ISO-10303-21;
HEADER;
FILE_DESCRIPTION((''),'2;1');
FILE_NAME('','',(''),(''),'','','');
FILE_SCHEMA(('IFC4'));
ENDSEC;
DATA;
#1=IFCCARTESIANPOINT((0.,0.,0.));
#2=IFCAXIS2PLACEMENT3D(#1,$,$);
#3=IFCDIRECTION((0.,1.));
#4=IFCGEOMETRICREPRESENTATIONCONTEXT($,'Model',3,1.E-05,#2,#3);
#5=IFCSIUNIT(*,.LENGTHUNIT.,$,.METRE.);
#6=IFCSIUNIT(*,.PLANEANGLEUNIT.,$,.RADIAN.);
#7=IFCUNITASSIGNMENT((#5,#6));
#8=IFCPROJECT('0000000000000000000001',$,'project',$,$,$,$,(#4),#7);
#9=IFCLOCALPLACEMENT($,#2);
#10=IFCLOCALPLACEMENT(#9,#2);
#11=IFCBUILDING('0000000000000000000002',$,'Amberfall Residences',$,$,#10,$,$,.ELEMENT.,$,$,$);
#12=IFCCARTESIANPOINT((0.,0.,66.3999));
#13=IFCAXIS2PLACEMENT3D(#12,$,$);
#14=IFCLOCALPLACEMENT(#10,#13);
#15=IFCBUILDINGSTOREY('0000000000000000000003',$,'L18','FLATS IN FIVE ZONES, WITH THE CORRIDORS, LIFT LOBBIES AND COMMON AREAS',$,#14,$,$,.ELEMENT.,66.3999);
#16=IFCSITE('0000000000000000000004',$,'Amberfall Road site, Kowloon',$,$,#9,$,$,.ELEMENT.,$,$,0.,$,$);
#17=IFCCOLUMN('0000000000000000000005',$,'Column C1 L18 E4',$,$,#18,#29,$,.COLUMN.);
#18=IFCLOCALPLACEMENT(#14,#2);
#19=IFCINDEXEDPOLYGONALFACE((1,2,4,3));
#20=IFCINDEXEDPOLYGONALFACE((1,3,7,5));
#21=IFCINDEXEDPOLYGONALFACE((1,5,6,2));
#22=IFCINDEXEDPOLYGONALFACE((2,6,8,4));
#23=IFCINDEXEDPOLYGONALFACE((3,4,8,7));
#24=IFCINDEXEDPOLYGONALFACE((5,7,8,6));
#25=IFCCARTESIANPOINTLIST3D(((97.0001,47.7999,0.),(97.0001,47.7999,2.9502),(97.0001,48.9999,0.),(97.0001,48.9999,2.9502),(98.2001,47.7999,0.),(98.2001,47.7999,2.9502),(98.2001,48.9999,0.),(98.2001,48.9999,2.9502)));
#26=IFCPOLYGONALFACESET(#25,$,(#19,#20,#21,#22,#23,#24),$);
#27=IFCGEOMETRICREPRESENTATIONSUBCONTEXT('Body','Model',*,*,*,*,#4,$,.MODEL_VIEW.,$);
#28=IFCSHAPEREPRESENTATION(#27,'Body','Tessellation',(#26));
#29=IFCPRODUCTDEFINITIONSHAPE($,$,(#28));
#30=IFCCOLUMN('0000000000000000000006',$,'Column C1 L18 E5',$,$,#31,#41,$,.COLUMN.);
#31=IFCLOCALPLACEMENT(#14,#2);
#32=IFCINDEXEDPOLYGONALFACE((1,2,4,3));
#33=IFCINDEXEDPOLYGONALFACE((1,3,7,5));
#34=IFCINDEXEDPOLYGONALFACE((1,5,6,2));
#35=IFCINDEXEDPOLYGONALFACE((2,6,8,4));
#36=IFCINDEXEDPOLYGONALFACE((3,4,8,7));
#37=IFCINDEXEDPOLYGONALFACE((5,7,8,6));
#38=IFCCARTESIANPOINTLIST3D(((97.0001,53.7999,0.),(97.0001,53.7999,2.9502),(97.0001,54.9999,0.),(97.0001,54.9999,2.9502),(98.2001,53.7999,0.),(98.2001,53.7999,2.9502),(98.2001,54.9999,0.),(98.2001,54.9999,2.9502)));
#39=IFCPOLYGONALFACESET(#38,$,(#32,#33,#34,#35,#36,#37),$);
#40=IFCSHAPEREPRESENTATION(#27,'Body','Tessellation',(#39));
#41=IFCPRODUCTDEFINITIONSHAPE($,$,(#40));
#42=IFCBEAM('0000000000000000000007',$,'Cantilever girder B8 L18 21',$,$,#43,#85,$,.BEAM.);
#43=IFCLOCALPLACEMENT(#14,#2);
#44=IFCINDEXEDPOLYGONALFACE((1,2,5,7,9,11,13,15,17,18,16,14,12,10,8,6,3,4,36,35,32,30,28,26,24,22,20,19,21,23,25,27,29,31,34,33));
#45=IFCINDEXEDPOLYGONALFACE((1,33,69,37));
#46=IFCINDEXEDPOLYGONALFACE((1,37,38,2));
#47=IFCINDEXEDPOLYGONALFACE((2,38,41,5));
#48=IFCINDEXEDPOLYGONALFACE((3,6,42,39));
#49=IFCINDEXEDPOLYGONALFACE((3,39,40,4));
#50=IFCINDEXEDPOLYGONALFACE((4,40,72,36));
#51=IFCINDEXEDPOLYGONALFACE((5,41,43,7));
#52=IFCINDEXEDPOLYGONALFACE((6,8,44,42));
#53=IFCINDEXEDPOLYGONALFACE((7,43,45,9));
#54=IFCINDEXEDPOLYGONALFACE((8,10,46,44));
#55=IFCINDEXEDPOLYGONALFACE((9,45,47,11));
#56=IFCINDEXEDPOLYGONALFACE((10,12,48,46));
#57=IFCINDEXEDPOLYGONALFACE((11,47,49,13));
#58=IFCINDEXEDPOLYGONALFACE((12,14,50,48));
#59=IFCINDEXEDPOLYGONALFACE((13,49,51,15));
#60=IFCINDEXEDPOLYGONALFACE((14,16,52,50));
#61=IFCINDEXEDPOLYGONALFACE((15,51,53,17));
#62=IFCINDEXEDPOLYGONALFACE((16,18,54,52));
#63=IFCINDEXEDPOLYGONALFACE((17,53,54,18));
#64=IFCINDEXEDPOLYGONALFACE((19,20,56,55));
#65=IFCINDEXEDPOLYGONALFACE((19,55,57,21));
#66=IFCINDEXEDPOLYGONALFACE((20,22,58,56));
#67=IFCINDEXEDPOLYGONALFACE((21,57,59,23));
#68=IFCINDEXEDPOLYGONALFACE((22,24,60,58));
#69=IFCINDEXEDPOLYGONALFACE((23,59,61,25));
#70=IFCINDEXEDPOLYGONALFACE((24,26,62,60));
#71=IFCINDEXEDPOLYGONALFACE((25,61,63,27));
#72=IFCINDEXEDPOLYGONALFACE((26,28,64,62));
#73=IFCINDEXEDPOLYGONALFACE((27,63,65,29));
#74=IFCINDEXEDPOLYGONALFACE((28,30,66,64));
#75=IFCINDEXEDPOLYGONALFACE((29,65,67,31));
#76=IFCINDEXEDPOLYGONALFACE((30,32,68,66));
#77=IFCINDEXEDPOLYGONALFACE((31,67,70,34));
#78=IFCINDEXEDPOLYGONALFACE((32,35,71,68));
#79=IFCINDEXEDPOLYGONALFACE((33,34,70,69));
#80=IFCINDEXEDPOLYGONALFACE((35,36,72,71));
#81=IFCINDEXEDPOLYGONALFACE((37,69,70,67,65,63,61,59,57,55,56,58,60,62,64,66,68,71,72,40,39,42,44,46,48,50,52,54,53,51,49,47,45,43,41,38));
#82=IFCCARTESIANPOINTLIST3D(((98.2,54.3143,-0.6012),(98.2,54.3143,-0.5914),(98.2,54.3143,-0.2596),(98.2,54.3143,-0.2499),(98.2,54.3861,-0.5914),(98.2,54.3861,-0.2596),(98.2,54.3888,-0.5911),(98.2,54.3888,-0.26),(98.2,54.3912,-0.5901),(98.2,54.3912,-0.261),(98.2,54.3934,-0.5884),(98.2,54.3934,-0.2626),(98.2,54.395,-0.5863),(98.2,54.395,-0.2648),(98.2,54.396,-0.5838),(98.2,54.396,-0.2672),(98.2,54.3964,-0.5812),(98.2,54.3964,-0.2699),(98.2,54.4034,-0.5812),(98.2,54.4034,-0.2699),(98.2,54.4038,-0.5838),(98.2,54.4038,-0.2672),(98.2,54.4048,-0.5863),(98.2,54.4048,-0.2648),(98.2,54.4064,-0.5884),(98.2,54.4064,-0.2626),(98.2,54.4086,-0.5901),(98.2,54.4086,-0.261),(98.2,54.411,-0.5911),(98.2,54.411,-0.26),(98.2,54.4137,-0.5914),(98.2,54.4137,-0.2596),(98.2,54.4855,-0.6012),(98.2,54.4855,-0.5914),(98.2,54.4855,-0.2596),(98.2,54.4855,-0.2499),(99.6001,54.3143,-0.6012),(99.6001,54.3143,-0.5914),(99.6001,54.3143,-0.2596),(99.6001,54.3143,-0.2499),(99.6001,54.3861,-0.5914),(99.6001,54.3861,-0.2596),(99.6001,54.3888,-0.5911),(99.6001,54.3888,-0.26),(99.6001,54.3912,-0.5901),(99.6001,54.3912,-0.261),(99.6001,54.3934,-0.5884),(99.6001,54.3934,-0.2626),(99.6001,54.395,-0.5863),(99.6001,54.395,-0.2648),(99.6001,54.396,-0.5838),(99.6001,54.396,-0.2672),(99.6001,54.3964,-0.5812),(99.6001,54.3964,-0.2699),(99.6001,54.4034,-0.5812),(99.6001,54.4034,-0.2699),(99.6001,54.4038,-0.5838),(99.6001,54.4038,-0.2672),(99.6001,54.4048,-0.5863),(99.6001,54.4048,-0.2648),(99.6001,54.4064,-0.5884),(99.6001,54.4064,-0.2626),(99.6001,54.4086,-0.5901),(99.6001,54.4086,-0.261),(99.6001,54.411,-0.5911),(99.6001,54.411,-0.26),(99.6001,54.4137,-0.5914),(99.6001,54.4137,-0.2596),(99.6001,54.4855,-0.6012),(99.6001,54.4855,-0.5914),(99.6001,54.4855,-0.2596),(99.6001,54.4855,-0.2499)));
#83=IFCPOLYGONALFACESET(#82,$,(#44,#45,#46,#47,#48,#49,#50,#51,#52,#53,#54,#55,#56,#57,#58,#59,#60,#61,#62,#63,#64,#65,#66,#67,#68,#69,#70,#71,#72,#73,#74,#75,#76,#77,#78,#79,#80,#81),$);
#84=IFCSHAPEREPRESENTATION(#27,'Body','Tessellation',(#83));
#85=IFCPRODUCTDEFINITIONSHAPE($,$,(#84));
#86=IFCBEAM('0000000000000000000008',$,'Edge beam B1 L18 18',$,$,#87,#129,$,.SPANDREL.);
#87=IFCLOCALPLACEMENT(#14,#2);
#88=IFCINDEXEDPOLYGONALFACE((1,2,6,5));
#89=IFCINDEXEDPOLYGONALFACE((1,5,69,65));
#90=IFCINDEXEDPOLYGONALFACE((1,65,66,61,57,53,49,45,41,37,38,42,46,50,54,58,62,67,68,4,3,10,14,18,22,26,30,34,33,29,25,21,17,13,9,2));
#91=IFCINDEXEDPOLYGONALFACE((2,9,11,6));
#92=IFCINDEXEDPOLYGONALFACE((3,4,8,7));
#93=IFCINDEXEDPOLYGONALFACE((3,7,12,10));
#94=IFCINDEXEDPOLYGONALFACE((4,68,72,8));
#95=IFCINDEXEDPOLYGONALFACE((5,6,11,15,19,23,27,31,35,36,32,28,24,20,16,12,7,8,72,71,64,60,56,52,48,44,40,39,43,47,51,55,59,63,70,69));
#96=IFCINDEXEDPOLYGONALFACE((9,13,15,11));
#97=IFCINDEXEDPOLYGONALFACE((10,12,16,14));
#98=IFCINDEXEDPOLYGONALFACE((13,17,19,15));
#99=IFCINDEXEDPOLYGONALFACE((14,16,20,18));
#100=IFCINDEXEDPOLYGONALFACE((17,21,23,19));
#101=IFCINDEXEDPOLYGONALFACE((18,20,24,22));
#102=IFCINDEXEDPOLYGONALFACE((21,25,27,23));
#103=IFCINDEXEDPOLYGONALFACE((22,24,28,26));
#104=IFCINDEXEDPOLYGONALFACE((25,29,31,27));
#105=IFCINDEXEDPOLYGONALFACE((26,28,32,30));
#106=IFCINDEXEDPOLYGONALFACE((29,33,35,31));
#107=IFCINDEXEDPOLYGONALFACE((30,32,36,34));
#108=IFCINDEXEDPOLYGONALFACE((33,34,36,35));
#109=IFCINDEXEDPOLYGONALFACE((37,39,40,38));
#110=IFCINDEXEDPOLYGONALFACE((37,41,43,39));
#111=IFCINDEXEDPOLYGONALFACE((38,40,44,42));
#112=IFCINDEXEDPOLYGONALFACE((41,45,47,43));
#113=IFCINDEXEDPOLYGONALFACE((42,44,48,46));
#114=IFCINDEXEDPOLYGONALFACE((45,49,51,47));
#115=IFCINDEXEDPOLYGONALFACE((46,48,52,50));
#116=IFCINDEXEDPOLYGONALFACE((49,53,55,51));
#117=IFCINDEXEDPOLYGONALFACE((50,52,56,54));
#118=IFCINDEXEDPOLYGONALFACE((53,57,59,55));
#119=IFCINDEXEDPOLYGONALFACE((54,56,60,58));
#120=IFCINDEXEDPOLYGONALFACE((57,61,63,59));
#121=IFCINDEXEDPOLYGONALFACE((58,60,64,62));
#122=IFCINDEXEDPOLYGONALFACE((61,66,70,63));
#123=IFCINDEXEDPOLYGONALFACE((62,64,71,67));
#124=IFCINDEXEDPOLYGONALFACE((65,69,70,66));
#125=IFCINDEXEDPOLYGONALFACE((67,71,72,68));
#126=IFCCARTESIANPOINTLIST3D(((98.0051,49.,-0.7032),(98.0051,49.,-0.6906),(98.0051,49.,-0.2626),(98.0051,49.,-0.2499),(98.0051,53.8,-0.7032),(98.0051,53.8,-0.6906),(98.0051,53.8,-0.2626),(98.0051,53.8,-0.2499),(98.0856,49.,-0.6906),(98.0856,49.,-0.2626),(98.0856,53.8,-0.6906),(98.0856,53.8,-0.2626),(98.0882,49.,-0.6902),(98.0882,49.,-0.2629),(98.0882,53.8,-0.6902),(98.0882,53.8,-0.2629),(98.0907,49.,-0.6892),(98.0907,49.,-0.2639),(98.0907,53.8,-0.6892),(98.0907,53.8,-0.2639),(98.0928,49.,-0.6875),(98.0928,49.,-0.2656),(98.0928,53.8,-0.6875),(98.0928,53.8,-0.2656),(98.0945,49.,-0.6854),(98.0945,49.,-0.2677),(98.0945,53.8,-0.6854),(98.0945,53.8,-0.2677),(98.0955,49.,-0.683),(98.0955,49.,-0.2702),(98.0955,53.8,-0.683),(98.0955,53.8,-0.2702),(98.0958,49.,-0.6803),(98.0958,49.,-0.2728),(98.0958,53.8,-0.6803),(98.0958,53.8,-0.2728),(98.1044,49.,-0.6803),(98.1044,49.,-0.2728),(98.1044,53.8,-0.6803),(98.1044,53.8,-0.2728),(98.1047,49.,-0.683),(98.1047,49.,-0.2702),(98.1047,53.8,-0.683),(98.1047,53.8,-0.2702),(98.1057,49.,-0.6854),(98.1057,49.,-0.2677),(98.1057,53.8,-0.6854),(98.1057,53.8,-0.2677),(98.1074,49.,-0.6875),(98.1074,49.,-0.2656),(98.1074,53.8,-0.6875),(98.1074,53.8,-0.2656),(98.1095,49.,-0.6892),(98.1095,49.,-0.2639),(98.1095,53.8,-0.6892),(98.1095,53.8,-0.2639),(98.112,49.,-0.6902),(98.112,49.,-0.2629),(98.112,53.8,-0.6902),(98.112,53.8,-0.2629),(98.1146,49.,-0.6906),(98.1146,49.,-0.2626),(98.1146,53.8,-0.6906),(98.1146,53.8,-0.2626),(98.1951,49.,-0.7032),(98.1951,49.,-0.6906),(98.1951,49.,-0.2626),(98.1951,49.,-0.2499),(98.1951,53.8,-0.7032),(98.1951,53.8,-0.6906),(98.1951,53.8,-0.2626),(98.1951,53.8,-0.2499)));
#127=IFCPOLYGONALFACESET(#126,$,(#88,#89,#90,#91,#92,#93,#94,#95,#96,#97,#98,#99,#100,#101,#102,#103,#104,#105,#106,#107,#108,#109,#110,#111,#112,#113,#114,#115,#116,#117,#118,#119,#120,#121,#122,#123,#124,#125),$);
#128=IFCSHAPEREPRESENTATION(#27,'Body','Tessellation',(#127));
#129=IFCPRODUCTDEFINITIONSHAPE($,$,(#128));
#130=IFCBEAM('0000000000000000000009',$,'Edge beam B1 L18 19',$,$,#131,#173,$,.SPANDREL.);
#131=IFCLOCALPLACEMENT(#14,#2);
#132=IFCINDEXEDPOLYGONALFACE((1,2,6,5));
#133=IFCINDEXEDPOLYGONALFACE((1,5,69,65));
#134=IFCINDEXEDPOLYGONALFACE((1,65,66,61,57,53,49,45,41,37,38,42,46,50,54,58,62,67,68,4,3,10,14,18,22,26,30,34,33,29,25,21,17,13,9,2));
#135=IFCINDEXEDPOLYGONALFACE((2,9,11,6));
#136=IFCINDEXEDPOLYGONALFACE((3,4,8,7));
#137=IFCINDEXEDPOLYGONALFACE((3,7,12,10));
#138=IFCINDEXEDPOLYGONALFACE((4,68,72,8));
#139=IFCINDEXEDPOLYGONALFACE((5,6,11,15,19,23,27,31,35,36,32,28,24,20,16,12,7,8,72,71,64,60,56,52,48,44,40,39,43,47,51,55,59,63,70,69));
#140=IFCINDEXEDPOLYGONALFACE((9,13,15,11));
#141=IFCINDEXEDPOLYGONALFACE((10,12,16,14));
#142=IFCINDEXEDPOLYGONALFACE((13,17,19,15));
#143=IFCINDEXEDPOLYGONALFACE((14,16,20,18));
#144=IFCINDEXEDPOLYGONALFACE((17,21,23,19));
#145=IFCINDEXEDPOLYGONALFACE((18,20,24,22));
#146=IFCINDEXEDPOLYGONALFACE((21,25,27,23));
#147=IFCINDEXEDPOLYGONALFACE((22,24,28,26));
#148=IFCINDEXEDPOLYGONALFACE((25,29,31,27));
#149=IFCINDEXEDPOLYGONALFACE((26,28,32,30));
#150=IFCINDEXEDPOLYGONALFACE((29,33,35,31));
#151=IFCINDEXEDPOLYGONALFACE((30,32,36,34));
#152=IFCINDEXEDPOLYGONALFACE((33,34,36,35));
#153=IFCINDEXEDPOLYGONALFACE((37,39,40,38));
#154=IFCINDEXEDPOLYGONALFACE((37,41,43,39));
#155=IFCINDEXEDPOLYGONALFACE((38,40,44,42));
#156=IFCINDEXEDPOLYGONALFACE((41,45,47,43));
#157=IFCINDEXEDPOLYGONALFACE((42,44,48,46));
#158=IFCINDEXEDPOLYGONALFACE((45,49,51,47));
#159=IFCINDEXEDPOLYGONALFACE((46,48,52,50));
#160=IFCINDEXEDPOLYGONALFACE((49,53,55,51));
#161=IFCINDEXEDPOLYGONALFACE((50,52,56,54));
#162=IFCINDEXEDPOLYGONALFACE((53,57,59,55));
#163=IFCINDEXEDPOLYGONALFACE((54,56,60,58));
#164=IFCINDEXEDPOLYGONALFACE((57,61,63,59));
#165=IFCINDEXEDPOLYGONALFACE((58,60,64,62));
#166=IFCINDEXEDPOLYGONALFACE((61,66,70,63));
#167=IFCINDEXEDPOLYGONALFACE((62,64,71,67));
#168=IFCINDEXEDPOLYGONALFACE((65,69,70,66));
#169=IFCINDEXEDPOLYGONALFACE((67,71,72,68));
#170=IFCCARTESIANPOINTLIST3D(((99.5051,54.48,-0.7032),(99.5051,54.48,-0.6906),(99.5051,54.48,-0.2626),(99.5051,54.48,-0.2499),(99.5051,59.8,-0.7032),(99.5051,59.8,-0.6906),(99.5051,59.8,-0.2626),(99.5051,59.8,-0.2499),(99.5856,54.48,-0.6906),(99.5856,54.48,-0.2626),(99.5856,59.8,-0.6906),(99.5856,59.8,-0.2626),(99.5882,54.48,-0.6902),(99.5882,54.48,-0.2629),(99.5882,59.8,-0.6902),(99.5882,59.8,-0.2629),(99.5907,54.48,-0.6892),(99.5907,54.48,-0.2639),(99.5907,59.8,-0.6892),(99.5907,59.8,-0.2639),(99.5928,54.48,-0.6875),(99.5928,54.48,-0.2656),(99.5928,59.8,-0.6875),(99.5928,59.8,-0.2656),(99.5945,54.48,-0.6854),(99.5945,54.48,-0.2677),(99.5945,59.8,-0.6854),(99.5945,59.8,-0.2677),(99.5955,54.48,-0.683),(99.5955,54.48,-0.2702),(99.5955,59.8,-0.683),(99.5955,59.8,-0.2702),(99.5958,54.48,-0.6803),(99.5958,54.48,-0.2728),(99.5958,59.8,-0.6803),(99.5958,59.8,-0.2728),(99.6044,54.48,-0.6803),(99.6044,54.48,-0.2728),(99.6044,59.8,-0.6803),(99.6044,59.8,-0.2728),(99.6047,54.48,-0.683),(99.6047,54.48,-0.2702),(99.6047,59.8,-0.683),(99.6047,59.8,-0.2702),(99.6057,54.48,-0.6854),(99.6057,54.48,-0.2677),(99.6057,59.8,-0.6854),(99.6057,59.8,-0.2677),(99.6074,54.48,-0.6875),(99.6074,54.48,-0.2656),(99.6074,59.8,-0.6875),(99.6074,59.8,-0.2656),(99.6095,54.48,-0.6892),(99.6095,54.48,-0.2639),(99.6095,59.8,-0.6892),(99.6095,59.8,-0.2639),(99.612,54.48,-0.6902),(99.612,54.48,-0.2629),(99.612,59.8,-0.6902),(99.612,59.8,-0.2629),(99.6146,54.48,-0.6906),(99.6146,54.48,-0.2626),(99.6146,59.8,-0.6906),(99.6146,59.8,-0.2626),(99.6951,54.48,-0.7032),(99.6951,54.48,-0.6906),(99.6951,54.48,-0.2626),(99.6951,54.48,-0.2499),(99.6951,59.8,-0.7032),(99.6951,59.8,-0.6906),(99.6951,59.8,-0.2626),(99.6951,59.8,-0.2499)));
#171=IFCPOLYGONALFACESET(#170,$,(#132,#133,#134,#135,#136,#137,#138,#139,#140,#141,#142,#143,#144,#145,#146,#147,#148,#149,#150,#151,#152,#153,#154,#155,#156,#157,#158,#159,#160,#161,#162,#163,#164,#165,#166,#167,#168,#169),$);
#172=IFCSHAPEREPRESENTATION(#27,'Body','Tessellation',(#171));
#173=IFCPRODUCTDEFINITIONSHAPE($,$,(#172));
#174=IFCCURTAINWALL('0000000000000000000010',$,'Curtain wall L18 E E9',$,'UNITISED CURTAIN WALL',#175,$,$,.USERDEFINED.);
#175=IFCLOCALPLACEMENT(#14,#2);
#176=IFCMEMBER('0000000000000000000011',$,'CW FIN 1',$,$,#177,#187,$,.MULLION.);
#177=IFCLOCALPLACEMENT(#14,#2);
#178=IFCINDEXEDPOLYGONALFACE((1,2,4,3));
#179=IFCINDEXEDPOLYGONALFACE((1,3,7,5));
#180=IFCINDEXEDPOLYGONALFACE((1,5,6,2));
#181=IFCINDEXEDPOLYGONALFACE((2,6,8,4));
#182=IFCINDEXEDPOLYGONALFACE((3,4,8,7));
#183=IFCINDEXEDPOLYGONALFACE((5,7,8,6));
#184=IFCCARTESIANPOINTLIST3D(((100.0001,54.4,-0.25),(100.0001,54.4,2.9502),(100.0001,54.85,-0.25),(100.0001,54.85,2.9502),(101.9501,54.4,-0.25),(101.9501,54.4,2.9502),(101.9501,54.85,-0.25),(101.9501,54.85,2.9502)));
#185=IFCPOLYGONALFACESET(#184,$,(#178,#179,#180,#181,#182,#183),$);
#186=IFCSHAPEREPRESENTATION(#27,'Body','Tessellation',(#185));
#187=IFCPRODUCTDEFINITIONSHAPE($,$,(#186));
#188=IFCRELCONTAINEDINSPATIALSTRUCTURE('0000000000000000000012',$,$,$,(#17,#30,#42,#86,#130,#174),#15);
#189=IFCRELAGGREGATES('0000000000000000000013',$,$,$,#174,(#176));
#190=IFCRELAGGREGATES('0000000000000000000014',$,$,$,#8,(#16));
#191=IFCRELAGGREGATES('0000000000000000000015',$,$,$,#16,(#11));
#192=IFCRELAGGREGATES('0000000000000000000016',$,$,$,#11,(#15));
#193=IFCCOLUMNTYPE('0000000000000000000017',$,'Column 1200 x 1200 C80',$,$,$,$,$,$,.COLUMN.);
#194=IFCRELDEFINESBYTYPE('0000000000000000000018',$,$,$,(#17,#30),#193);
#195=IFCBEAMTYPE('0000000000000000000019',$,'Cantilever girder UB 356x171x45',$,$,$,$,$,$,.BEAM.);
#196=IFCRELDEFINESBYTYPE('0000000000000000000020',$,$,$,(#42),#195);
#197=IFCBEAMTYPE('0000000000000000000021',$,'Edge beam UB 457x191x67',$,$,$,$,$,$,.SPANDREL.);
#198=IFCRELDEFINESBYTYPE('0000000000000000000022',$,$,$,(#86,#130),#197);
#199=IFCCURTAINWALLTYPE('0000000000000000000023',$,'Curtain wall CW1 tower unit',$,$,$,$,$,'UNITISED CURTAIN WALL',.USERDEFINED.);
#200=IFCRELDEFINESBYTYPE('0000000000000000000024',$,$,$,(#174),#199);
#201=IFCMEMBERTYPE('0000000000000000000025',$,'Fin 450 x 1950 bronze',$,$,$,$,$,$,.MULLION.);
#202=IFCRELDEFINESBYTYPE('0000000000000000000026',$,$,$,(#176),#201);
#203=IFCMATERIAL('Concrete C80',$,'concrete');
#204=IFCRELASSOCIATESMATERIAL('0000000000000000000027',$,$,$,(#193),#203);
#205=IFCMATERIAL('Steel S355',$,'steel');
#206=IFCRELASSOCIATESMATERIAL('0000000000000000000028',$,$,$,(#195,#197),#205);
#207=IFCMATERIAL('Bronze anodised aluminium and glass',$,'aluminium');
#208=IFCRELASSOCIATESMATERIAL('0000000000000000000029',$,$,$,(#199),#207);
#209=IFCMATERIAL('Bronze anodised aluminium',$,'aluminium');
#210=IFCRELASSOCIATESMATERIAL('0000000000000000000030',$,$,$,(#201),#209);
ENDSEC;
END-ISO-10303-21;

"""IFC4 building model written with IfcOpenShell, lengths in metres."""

from ifc_helpers import new_model, si_unit, direction, frame, origin, origin_2d, place, context, subcontext, project, spatial, rectangle, i_section, extrude, material, material_profile, profile_set, type_object, element, aggregate, save


model = new_model("IFC4")

# Units and contexts
model_context = context("Model", 3, precision=1e-05, world=origin(), true_north=direction((0.0, 1.0)))
body_context = subcontext(model_context, "Body", "Model", "MODEL_VIEW")
ifc_project = project(units=[si_unit("LENGTHUNIT", "METRE"), si_unit("PLANEANGLEUNIT", "RADIAN")], contexts=[model_context])

# Site, building, storey
site_placement = place(None, origin())
site = spatial("IfcSite", under=ifc_project, at=site_placement, Name="Amberfall Road site, Kowloon", CompositionType="ELEMENT", RefElevation=0.0)
building_placement = place(site_placement, origin())
building = spatial("IfcBuilding", under=site, at=building_placement, Name="Amberfall Residences", CompositionType="ELEMENT")
storey_placement = place(building_placement, frame((0.0, 0.0, 66.3999)))
storey = spatial("IfcBuildingStorey", under=building, at=storey_placement, Name="L18", Description="FLATS IN FIVE ZONES, WITH THE CORRIDORS, LIFT LOBBIES AND COMMON AREAS", CompositionType="ELEMENT", Elevation=66.3999)

# Columns
ifc_material_1 = material(Name="Concrete C80", Category="concrete")
ifc_material_profile_1 = material_profile(ifc_material_1, rectangle(XDim=1.2, YDim=1.2, at=origin_2d()), Name="Column 1200 x 1200 C80")
ifc_profile_set_1 = profile_set([ifc_material_profile_1], Name="Concrete C80")
column_type = type_object("IfcColumnType", Name="Column 1200 x 1200 C80", PredefinedType="COLUMN", material=ifc_profile_set_1)
for number, where, z_axis, x_axis, name in (
    (1, (97.6001, 48.3999, 0.0), (0.0, 0.0, 1.0), (1.0, 0.0, 0.0), "Column C1 L18 E4"),
    (2, (97.6001, 54.3999, 0.0), (0.0, 0.0, 1.0), (1.0, 0.0, 0.0), "Column C1 L18 E5"),
):
    element("IfcColumn", number, at=place(storey_placement, frame(where, z_axis=z_axis, x_axis=x_axis)), inside=storey, type_object=column_type, Name=name, PredefinedType="COLUMN", context=body_context, shape_type="SweptSolid", body=[
        extrude(rectangle(XDim=1.2, YDim=1.2, at=origin_2d()), origin(), (0.0, 0.0, 1.0), 2.9502),
    ])

# Beams
ifc_material_2 = material(Name="Steel S355", Category="steel")
ifc_material_profile_2 = material_profile(ifc_material_2, i_section(OverallWidth=0.1711, OverallDepth=0.3513, WebThickness=0.0071, FlangeThickness=0.0098, FilletRadius=0.0103, at=origin_2d()), Name="UB 356x171x45")
ifc_profile_set_2 = profile_set([ifc_material_profile_2], Name="Steel S355")
beam_type_1 = type_object("IfcBeamType", Name="Cantilever girder UB 356x171x45", PredefinedType="BEAM", material=ifc_profile_set_2)
beam_1_placement = place(storey_placement, frame((98.2, 54.3999, -0.4255), z_axis=(1.0, 0.0, 0.0), x_axis=(0.0, 1.0, 0.0)))
element("IfcBeam", 3, at=beam_1_placement, inside=storey, type_object=beam_type_1, Name="Cantilever girder B8 L18 21", PredefinedType="BEAM", context=body_context, shape_type="SweptSolid", body=[
    extrude(i_section(OverallWidth=0.1711, OverallDepth=0.3513, WebThickness=0.0071, FlangeThickness=0.0098, FilletRadius=0.0103, at=origin_2d()), origin(), (0.0, 0.0, 1.0), 1.4001),
])
ifc_material_profile_3 = material_profile(ifc_material_2, i_section(OverallWidth=0.1899, OverallDepth=0.4534, WebThickness=0.0085, FlangeThickness=0.0127, FilletRadius=0.0103, at=origin_2d()), Name="UB 457x191x67")
ifc_profile_set_3 = profile_set([ifc_material_profile_3], Name="Steel S355")
beam_type_2 = type_object("IfcBeamType", Name="Edge beam UB 457x191x67", PredefinedType="SPANDREL", material=ifc_profile_set_3)
beam_2_placement = place(storey_placement, frame((98.1001, 49.0, -0.4766), z_axis=(0.0, 1.0, 0.0), x_axis=(-1.0, 0.0, 0.0)))
element("IfcBeam", 4, at=beam_2_placement, inside=storey, type_object=beam_type_2, Name="Edge beam B1 L18 18", PredefinedType="SPANDREL", context=body_context, shape_type="SweptSolid", body=[
    extrude(i_section(OverallWidth=0.1899, OverallDepth=0.4534, WebThickness=0.0085, FlangeThickness=0.0127, FilletRadius=0.0103, at=origin_2d()), origin(), (0.0, 0.0, 1.0), 4.8),
])
beam_3_placement = place(storey_placement, frame((99.6001, 54.48, -0.4766), z_axis=(0.0, 1.0, 0.0), x_axis=(-1.0, 0.0, 0.0)))
element("IfcBeam", 5, at=beam_3_placement, inside=storey, type_object=beam_type_2, Name="Edge beam B1 L18 19", PredefinedType="SPANDREL", context=body_context, shape_type="SweptSolid", body=[
    extrude(i_section(OverallWidth=0.1899, OverallDepth=0.4534, WebThickness=0.0085, FlangeThickness=0.0127, FilletRadius=0.0103, at=origin_2d()), origin(), (0.0, 0.0, 1.0), 5.3201),
])

# Curtain wall, member
ifc_material_3 = material(Name="Bronze anodised aluminium and glass", Category="aluminium")
curtain_wall_type = type_object("IfcCurtainWallType", Name="Curtain wall CW1 tower unit", ElementType="UNITISED CURTAIN WALL", PredefinedType="USERDEFINED", material=ifc_material_3)
curtain_wall_placement = place(storey_placement, origin())
curtain_wall = element("IfcCurtainWall", 6, at=curtain_wall_placement, inside=storey, type_object=curtain_wall_type, Name="Curtain wall L18 E E9", ObjectType="UNITISED CURTAIN WALL", PredefinedType="USERDEFINED")
ifc_material_4 = material(Name="Bronze anodised aluminium", Category="aluminium")
ifc_material_profile_4 = material_profile(ifc_material_4, rectangle(XDim=1.95, YDim=0.45, at=origin_2d()), Name="Fin 450 x 1950 bronze")
ifc_profile_set_4 = profile_set([ifc_material_profile_4], Name="Bronze anodised aluminium")
member_type = type_object("IfcMemberType", Name="Fin 450 x 1950 bronze", PredefinedType="MULLION", material=ifc_profile_set_4)
member_placement = place(storey_placement, frame((100.9751, 54.625, -0.25), z_axis=(0.0, 0.0, 1.0), x_axis=(-1.0, 0.0, 0.0)))
member = element("IfcMember", 7, at=member_placement, type_object=member_type, Name="CW FIN 1", PredefinedType="MULLION", context=body_context, shape_type="SweptSolid", body=[
    extrude(rectangle(XDim=1.95, YDim=0.45, at=origin_2d()), origin(), (0.0, 0.0, 1.0), 3.2002),
])
aggregate(curtain_wall, [member])

save(model, "model.ifc")
